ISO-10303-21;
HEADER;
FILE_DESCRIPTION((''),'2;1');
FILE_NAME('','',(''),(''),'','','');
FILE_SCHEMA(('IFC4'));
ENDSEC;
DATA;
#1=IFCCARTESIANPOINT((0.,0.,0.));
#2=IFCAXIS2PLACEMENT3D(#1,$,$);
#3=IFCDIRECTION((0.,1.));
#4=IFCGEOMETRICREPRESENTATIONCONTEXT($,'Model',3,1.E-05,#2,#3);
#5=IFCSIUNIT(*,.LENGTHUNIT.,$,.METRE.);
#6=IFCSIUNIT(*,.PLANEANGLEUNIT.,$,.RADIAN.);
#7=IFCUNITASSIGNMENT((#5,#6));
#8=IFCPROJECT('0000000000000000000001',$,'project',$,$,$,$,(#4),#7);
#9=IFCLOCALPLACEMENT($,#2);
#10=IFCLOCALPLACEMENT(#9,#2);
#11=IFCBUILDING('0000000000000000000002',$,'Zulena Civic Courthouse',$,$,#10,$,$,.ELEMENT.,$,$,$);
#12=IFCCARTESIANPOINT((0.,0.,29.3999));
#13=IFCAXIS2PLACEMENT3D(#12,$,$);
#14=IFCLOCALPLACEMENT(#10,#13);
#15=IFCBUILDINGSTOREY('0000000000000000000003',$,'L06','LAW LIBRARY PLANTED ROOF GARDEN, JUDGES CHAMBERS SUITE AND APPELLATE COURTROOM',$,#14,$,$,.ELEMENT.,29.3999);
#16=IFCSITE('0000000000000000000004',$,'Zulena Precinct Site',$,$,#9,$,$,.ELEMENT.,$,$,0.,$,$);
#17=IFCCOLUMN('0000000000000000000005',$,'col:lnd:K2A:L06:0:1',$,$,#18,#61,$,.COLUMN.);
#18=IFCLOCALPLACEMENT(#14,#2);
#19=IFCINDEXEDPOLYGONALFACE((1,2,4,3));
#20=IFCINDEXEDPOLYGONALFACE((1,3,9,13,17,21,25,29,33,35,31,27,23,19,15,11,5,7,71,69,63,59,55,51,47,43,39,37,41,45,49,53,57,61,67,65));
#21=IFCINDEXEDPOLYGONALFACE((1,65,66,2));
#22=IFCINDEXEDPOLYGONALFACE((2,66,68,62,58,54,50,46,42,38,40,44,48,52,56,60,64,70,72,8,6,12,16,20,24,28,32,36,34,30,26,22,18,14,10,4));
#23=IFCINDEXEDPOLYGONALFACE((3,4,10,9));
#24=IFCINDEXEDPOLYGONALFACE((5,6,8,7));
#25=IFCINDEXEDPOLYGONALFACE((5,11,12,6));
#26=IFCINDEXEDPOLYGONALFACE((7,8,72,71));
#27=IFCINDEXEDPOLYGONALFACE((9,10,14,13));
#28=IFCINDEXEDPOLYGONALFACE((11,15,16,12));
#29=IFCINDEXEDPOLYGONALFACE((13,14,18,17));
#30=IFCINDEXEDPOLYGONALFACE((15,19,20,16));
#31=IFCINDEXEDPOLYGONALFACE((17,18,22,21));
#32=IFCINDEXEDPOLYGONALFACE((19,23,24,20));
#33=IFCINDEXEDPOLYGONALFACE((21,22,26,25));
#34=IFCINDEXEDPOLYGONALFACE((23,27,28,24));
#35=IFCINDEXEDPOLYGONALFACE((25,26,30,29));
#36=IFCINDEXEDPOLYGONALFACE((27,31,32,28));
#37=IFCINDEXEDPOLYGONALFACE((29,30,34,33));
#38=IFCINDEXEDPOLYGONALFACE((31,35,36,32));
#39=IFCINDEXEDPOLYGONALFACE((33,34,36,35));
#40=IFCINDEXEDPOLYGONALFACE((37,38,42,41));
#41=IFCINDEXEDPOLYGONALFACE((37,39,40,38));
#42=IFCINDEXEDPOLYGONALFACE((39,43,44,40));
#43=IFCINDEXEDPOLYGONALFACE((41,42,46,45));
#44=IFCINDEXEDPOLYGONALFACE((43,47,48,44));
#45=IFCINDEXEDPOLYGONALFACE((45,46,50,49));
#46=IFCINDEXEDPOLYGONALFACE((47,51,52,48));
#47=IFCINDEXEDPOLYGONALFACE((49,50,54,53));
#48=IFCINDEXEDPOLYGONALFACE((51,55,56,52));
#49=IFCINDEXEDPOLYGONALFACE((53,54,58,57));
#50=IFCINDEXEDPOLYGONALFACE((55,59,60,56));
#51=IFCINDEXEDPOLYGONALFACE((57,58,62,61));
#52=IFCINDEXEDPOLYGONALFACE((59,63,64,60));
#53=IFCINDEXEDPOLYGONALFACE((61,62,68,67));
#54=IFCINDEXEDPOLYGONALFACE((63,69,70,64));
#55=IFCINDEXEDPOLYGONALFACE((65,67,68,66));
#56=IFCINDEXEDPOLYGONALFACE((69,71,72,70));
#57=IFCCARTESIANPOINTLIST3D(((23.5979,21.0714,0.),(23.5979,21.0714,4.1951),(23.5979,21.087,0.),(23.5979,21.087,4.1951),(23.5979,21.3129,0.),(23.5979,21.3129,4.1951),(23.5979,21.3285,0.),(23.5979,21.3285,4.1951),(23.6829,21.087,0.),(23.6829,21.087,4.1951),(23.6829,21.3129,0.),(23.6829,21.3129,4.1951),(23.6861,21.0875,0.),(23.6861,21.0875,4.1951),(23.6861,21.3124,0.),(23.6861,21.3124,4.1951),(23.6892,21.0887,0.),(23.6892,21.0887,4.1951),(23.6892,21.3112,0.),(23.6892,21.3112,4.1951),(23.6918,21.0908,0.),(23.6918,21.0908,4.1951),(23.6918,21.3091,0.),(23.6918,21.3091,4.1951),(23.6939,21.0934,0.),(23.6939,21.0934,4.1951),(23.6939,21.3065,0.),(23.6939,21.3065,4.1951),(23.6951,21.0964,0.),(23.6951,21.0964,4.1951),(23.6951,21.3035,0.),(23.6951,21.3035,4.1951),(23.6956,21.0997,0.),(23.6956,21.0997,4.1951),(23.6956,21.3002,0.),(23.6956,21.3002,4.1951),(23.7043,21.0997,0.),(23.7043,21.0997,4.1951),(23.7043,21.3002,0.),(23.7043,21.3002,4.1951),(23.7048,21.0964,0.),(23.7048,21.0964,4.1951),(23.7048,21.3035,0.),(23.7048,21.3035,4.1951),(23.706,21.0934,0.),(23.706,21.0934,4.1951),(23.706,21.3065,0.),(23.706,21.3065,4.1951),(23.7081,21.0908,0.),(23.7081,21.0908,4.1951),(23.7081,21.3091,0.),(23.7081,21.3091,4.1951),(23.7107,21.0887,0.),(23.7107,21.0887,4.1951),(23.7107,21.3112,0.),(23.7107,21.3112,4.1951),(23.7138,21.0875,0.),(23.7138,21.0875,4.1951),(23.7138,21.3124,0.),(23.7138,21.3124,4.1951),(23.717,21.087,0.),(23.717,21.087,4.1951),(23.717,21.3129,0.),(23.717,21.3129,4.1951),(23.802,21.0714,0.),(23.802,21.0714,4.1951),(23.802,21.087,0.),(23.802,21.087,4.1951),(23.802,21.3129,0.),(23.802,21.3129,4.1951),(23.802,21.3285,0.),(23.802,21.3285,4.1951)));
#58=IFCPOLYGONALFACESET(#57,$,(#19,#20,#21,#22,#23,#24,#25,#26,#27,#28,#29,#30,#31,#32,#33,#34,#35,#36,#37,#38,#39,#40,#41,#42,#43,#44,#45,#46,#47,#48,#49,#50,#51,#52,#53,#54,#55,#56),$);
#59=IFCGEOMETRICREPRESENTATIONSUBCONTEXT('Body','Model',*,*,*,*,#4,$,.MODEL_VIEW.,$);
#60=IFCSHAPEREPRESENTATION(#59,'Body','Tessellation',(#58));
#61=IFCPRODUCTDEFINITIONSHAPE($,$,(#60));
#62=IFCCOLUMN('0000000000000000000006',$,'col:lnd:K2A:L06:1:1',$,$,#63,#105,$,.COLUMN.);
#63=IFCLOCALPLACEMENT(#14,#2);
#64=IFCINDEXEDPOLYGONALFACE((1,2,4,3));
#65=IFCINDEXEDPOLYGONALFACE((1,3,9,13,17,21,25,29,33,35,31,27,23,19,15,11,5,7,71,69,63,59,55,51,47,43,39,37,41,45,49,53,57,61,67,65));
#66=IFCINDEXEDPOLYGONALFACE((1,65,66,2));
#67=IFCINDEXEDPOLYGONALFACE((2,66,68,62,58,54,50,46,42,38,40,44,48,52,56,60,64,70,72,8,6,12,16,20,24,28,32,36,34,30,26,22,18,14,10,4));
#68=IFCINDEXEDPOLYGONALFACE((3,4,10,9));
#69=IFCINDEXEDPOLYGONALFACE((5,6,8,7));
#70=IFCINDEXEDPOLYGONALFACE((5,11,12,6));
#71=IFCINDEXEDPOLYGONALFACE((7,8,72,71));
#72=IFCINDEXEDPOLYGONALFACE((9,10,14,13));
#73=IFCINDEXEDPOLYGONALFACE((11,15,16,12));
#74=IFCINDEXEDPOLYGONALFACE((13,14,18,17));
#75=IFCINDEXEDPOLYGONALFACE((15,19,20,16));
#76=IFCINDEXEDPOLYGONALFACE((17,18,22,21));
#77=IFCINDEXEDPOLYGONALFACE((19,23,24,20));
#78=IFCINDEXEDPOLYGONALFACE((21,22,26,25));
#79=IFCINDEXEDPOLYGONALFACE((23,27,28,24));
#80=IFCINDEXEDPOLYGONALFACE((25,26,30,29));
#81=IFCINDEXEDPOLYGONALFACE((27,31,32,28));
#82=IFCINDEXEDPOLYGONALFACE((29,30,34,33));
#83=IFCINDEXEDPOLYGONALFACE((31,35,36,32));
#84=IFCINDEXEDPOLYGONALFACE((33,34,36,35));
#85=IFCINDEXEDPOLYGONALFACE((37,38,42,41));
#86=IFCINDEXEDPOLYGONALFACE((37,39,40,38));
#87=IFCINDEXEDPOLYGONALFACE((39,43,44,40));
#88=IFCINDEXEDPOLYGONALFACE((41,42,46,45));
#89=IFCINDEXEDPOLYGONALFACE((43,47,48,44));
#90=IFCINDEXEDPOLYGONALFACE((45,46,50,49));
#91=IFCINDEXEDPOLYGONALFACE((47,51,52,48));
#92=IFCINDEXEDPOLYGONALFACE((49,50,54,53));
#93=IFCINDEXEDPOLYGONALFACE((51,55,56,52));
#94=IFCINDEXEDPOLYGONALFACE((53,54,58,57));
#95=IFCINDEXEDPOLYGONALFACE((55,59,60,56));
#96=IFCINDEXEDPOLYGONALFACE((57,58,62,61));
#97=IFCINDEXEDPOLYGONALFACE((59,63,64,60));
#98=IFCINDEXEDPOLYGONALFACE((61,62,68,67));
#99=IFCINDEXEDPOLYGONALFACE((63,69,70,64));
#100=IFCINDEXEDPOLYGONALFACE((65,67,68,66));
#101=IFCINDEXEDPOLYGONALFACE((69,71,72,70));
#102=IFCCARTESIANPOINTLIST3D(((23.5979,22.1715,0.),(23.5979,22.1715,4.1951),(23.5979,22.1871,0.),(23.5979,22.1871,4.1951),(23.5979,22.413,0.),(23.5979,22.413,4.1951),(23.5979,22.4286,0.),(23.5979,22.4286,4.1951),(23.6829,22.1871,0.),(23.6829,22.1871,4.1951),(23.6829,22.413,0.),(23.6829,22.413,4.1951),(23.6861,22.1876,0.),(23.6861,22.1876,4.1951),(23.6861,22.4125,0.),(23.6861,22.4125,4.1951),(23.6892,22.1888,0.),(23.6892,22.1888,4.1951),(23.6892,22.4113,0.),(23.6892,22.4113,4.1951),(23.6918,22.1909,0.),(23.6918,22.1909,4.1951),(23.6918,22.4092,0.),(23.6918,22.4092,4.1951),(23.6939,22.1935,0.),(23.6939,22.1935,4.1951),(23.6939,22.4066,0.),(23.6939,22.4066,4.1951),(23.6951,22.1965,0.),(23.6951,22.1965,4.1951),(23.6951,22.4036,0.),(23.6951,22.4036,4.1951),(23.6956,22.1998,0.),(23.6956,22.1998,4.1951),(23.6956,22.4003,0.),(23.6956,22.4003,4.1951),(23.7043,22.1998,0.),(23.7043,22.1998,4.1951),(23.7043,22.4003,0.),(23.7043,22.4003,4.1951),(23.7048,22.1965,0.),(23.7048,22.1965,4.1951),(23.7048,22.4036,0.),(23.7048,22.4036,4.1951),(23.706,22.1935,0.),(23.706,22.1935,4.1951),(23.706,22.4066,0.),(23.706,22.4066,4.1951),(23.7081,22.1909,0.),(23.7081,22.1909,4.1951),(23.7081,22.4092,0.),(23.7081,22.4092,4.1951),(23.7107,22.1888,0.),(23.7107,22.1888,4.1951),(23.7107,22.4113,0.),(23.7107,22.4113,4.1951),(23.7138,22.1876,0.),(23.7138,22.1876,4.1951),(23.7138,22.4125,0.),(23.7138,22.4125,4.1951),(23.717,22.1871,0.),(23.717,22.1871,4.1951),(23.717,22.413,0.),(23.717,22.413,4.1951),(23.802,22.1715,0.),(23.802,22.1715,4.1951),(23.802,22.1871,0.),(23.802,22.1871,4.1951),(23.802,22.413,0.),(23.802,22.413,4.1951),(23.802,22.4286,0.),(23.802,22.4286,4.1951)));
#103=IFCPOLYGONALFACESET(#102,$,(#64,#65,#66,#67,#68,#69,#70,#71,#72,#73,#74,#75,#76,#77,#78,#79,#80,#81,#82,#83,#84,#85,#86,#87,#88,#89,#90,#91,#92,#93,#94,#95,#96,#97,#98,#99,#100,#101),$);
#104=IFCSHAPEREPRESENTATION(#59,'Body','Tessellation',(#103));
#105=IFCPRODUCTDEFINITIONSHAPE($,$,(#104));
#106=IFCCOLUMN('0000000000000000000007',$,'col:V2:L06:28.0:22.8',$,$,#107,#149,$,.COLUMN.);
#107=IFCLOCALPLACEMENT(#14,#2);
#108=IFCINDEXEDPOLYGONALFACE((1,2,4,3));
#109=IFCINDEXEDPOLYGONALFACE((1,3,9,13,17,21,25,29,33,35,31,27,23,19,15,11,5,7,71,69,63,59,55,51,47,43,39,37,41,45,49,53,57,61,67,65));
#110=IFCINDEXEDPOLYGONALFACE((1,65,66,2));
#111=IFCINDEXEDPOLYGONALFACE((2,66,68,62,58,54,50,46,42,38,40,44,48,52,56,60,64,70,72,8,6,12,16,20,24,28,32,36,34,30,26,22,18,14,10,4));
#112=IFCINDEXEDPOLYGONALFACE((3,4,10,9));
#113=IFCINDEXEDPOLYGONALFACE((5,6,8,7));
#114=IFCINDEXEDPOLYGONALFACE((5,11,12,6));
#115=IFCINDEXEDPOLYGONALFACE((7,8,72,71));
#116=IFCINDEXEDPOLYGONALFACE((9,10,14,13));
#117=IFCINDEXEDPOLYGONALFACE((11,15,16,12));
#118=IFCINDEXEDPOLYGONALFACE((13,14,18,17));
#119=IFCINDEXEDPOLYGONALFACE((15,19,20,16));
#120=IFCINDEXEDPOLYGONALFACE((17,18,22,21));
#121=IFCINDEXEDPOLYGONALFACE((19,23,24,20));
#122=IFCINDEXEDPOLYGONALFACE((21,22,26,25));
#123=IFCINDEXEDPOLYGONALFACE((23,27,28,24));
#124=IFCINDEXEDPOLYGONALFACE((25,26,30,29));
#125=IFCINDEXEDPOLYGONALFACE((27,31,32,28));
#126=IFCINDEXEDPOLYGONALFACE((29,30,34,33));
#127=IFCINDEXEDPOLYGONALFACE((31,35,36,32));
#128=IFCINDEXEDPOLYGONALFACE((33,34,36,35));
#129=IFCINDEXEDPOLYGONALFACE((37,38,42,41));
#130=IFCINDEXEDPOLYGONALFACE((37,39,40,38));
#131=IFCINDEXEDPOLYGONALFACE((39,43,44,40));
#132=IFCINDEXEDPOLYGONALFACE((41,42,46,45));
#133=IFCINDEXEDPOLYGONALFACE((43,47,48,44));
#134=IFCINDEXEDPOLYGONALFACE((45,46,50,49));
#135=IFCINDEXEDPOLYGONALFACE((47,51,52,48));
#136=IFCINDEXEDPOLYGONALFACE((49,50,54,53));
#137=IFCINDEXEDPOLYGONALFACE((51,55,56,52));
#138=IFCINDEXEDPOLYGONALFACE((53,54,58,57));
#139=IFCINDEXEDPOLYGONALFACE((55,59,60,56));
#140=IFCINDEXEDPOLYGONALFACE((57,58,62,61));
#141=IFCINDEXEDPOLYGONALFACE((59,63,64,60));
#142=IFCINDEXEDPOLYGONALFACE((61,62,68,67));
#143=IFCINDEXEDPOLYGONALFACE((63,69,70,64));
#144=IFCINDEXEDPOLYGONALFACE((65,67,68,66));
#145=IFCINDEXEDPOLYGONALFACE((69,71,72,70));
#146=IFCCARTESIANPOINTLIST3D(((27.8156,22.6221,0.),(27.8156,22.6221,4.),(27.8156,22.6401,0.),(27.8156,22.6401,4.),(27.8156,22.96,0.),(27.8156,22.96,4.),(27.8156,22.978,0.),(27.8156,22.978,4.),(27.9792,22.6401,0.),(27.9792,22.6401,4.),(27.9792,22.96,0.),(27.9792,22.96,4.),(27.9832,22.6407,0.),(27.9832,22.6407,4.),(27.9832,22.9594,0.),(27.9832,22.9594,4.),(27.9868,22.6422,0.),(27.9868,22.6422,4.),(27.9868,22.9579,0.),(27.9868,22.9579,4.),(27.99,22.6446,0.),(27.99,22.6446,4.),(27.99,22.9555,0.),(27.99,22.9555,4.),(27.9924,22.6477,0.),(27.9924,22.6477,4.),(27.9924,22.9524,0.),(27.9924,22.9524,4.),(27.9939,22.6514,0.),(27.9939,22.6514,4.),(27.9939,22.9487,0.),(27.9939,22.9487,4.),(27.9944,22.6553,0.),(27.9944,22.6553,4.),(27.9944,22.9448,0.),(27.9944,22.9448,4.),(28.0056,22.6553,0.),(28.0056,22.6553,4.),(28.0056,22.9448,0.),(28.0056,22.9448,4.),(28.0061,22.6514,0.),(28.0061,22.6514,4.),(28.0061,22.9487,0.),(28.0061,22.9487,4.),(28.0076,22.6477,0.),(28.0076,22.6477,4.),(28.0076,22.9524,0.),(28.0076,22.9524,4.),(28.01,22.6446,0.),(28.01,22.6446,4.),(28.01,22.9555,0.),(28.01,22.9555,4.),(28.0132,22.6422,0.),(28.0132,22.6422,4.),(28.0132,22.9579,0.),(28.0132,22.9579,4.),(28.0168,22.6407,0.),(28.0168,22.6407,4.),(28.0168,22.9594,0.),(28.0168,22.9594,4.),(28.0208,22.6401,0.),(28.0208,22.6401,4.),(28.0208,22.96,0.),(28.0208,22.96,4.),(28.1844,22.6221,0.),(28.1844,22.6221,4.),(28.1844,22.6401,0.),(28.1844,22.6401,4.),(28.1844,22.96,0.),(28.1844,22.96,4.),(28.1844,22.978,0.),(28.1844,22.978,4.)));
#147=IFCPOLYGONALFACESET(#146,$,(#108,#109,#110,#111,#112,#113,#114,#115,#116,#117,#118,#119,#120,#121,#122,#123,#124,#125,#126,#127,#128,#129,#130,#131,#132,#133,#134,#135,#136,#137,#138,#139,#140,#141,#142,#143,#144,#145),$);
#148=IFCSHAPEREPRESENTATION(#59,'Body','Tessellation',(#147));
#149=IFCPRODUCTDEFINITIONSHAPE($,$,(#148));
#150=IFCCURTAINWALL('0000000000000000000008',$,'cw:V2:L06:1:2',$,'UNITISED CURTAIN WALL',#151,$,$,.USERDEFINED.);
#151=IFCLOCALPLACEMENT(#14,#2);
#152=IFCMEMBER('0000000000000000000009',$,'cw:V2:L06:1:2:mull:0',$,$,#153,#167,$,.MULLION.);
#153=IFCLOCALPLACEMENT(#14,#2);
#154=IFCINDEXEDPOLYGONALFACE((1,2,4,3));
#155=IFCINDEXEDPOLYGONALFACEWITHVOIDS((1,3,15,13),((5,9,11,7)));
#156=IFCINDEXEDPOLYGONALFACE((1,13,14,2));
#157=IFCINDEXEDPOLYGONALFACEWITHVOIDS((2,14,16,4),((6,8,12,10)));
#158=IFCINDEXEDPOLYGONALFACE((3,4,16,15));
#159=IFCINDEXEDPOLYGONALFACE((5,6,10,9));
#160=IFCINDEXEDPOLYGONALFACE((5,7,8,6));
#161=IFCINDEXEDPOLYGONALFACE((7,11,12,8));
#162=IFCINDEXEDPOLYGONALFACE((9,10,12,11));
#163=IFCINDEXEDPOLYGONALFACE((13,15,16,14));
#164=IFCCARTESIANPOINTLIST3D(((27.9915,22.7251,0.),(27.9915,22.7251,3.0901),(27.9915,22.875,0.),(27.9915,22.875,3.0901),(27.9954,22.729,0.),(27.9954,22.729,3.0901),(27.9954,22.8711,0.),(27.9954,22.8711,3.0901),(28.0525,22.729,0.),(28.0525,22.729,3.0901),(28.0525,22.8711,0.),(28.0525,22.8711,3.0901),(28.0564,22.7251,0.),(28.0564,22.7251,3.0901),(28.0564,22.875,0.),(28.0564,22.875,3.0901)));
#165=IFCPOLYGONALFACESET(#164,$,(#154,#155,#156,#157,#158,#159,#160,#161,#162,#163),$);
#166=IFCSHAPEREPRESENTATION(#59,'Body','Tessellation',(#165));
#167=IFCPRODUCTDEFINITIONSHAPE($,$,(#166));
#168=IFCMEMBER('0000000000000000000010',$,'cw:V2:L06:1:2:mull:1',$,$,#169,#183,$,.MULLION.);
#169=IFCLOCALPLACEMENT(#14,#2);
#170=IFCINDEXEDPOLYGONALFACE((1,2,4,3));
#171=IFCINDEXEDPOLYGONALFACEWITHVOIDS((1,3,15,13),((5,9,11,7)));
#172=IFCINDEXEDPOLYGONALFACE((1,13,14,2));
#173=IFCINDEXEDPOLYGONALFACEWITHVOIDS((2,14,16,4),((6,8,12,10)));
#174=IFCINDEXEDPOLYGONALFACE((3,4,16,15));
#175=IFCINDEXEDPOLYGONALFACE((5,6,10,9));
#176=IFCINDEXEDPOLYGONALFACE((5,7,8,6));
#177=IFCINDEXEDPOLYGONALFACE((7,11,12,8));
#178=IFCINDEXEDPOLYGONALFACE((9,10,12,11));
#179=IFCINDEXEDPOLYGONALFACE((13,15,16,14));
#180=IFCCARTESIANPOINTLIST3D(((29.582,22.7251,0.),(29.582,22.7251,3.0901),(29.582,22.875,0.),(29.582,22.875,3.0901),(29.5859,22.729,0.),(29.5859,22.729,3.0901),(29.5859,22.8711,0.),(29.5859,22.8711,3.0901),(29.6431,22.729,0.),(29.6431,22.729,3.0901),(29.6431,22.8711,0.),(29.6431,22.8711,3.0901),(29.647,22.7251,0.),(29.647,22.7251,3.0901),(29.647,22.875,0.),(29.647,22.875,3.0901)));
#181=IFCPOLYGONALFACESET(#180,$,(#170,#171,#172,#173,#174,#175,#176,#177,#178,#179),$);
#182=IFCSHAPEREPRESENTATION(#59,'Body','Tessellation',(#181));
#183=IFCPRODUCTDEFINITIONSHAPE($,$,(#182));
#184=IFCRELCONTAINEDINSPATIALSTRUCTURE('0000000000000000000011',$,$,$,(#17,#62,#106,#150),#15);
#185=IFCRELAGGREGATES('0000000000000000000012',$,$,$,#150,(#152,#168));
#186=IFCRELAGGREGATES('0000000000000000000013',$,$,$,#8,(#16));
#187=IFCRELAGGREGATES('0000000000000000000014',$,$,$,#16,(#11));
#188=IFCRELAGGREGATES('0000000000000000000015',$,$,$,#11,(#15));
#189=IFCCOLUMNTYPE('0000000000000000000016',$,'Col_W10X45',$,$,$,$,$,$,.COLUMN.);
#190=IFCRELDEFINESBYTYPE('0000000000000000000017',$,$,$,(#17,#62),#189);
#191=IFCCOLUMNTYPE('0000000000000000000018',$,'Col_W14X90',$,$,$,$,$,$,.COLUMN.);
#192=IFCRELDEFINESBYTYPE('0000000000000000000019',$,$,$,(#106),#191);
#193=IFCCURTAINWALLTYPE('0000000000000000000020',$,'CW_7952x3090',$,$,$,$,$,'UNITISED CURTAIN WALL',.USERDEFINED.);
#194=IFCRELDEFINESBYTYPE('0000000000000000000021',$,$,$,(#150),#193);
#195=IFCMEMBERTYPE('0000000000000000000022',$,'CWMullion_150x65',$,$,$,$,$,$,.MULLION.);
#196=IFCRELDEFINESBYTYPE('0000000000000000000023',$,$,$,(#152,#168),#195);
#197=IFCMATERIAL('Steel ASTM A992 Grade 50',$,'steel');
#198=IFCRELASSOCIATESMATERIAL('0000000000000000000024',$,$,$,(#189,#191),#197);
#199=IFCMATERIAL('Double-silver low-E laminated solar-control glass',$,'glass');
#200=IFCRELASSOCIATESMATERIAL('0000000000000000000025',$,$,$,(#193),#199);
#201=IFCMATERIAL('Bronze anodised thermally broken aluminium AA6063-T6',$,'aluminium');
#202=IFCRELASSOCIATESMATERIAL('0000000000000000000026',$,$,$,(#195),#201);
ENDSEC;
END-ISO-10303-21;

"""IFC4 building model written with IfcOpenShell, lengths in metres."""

from ifc_helpers import new_model, si_unit, direction, frame, origin, origin_2d, place, context, subcontext, project, spatial, hollow_rectangle, i_section, extrude, material, material_profile, profile_set, type_object, element, aggregate, save


model = new_model("IFC4")

# Units and contexts
model_context = context("Model", 3, precision=1e-05, world=origin(), true_north=direction((0.0, 1.0)))
body_context = subcontext(model_context, "Body", "Model", "MODEL_VIEW")
ifc_project = project(units=[si_unit("LENGTHUNIT", "METRE"), si_unit("PLANEANGLEUNIT", "RADIAN")], contexts=[model_context])

# Site, building, storey
site_placement = place(None, origin())
site = spatial("IfcSite", under=ifc_project, at=site_placement, Name="Zulena Precinct Site", CompositionType="ELEMENT", RefElevation=0.0)
building_placement = place(site_placement, origin())
building = spatial("IfcBuilding", under=site, at=building_placement, Name="Zulena Civic Courthouse", CompositionType="ELEMENT")
storey_placement = place(building_placement, frame((0.0, 0.0, 29.3999)))
storey = spatial("IfcBuildingStorey", under=building, at=storey_placement, Name="L06", Description="LAW LIBRARY PLANTED ROOF GARDEN, JUDGES CHAMBERS SUITE AND APPELLATE COURTROOM", CompositionType="ELEMENT", Elevation=29.3999)

# Columns
ifc_material_1 = material(Name="Steel ASTM A992 Grade 50", Category="steel")
ifc_material_profile_1 = material_profile(ifc_material_1, i_section(OverallWidth=0.2041, OverallDepth=0.2571, WebThickness=0.0088, FlangeThickness=0.0156, FilletRadius=0.0127, at=origin_2d()), Name="W10X45")
ifc_profile_set_1 = profile_set([ifc_material_profile_1], Name="Steel ASTM A992 Grade 50")
column_type_1 = type_object("IfcColumnType", Name="Col_W10X45", PredefinedType="COLUMN", material=ifc_profile_set_1)
for number, where, z_axis, x_axis, name in (
    (1, (23.7, 21.2, 0.0), (0.0, 0.0, 1.0), (1.0, 0.0, 0.0), "col:lnd:K2A:L06:0:1"),
    (2, (23.7, 22.3, 0.0), (0.0, 0.0, 1.0), (1.0, 0.0, 0.0), "col:lnd:K2A:L06:1:1"),
):
    element("IfcColumn", number, at=place(storey_placement, frame(where, z_axis=z_axis, x_axis=x_axis)), inside=storey, type_object=column_type_1, Name=name, PredefinedType="COLUMN", context=body_context, shape_type="SweptSolid", body=[
        extrude(i_section(OverallWidth=0.2041, OverallDepth=0.2571, WebThickness=0.0088, FlangeThickness=0.0156, FilletRadius=0.0127, at=origin_2d()), origin(), (0.0, 0.0, 1.0), 4.1951),
    ])
ifc_material_profile_2 = material_profile(ifc_material_1, i_section(OverallWidth=0.3689, OverallDepth=0.356, WebThickness=0.0112, FlangeThickness=0.0181, FilletRadius=0.0151, at=origin_2d()), Name="W14X90")
ifc_profile_set_2 = profile_set([ifc_material_profile_2], Name="Steel ASTM A992 Grade 50")
column_type_2 = type_object("IfcColumnType", Name="Col_W14X90", PredefinedType="COLUMN", material=ifc_profile_set_2)
column_placement = place(storey_placement, frame((28.0, 22.8, 0.0), z_axis=(0.0, 0.0, 1.0), x_axis=(1.0, 0.0, 0.0)))
element("IfcColumn", 3, at=column_placement, inside=storey, type_object=column_type_2, Name="col:V2:L06:28.0:22.8", PredefinedType="COLUMN", context=body_context, shape_type="SweptSolid", body=[
    extrude(i_section(OverallWidth=0.3689, OverallDepth=0.356, WebThickness=0.0112, FlangeThickness=0.0181, FilletRadius=0.0151, at=origin_2d()), origin(), (0.0, 0.0, 1.0), 4.0),
])

# Curtain wall, members
ifc_material_2 = material(Name="Double-silver low-E laminated solar-control glass", Category="glass")
curtain_wall_type = type_object("IfcCurtainWallType", Name="CW_7952x3090", ElementType="UNITISED CURTAIN WALL", PredefinedType="USERDEFINED", material=ifc_material_2)
curtain_wall_placement = place(storey_placement, origin())
curtain_wall = element("IfcCurtainWall", 4, at=curtain_wall_placement, inside=storey, type_object=curtain_wall_type, Name="cw:V2:L06:1:2", ObjectType="UNITISED CURTAIN WALL", PredefinedType="USERDEFINED")
ifc_material_3 = material(Name="Bronze anodised thermally broken aluminium AA6063-T6", Category="aluminium")
ifc_material_profile_3 = material_profile(ifc_material_3, hollow_rectangle(XDim=0.0649, YDim=0.1499, WallThickness=0.0039, at=origin_2d()), Name="CWM150X65X4")
ifc_profile_set_3 = profile_set([ifc_material_profile_3], Name="Bronze anodised thermally broken aluminium AA6063-T6")
member_type_1 = type_object("IfcMemberType", Name="CWMullion_150x65", PredefinedType="MULLION", material=ifc_profile_set_3)
member_1_placement = place(storey_placement, frame((28.0239, 22.8, 0.0), z_axis=(0.0, 0.0, 1.0), x_axis=(1.0, 0.0, 0.0)))
member_1 = element("IfcMember", 5, at=member_1_placement, type_object=member_type_1, Name="cw:V2:L06:1:2:mull:0", PredefinedType="MULLION", context=body_context, shape_type="SweptSolid", body=[
    extrude(hollow_rectangle(XDim=0.0649, YDim=0.1499, WallThickness=0.0039, at=origin_2d()), origin(), (0.0, 0.0, 1.0), 3.0901),
])
member_2_placement = place(storey_placement, frame((29.6145, 22.8, 0.0), z_axis=(0.0, 0.0, 1.0), x_axis=(1.0, 0.0, 0.0)))
member_2 = element("IfcMember", 6, at=member_2_placement, type_object=member_type_1, Name="cw:V2:L06:1:2:mull:1", PredefinedType="MULLION", context=body_context, shape_type="SweptSolid", body=[
    extrude(hollow_rectangle(XDim=0.0649, YDim=0.1499, WallThickness=0.0039, at=origin_2d()), origin(), (0.0, 0.0, 1.0), 3.0901),
])

aggregate(curtain_wall, [member_1, member_2])

save(model, "model.ifc")
